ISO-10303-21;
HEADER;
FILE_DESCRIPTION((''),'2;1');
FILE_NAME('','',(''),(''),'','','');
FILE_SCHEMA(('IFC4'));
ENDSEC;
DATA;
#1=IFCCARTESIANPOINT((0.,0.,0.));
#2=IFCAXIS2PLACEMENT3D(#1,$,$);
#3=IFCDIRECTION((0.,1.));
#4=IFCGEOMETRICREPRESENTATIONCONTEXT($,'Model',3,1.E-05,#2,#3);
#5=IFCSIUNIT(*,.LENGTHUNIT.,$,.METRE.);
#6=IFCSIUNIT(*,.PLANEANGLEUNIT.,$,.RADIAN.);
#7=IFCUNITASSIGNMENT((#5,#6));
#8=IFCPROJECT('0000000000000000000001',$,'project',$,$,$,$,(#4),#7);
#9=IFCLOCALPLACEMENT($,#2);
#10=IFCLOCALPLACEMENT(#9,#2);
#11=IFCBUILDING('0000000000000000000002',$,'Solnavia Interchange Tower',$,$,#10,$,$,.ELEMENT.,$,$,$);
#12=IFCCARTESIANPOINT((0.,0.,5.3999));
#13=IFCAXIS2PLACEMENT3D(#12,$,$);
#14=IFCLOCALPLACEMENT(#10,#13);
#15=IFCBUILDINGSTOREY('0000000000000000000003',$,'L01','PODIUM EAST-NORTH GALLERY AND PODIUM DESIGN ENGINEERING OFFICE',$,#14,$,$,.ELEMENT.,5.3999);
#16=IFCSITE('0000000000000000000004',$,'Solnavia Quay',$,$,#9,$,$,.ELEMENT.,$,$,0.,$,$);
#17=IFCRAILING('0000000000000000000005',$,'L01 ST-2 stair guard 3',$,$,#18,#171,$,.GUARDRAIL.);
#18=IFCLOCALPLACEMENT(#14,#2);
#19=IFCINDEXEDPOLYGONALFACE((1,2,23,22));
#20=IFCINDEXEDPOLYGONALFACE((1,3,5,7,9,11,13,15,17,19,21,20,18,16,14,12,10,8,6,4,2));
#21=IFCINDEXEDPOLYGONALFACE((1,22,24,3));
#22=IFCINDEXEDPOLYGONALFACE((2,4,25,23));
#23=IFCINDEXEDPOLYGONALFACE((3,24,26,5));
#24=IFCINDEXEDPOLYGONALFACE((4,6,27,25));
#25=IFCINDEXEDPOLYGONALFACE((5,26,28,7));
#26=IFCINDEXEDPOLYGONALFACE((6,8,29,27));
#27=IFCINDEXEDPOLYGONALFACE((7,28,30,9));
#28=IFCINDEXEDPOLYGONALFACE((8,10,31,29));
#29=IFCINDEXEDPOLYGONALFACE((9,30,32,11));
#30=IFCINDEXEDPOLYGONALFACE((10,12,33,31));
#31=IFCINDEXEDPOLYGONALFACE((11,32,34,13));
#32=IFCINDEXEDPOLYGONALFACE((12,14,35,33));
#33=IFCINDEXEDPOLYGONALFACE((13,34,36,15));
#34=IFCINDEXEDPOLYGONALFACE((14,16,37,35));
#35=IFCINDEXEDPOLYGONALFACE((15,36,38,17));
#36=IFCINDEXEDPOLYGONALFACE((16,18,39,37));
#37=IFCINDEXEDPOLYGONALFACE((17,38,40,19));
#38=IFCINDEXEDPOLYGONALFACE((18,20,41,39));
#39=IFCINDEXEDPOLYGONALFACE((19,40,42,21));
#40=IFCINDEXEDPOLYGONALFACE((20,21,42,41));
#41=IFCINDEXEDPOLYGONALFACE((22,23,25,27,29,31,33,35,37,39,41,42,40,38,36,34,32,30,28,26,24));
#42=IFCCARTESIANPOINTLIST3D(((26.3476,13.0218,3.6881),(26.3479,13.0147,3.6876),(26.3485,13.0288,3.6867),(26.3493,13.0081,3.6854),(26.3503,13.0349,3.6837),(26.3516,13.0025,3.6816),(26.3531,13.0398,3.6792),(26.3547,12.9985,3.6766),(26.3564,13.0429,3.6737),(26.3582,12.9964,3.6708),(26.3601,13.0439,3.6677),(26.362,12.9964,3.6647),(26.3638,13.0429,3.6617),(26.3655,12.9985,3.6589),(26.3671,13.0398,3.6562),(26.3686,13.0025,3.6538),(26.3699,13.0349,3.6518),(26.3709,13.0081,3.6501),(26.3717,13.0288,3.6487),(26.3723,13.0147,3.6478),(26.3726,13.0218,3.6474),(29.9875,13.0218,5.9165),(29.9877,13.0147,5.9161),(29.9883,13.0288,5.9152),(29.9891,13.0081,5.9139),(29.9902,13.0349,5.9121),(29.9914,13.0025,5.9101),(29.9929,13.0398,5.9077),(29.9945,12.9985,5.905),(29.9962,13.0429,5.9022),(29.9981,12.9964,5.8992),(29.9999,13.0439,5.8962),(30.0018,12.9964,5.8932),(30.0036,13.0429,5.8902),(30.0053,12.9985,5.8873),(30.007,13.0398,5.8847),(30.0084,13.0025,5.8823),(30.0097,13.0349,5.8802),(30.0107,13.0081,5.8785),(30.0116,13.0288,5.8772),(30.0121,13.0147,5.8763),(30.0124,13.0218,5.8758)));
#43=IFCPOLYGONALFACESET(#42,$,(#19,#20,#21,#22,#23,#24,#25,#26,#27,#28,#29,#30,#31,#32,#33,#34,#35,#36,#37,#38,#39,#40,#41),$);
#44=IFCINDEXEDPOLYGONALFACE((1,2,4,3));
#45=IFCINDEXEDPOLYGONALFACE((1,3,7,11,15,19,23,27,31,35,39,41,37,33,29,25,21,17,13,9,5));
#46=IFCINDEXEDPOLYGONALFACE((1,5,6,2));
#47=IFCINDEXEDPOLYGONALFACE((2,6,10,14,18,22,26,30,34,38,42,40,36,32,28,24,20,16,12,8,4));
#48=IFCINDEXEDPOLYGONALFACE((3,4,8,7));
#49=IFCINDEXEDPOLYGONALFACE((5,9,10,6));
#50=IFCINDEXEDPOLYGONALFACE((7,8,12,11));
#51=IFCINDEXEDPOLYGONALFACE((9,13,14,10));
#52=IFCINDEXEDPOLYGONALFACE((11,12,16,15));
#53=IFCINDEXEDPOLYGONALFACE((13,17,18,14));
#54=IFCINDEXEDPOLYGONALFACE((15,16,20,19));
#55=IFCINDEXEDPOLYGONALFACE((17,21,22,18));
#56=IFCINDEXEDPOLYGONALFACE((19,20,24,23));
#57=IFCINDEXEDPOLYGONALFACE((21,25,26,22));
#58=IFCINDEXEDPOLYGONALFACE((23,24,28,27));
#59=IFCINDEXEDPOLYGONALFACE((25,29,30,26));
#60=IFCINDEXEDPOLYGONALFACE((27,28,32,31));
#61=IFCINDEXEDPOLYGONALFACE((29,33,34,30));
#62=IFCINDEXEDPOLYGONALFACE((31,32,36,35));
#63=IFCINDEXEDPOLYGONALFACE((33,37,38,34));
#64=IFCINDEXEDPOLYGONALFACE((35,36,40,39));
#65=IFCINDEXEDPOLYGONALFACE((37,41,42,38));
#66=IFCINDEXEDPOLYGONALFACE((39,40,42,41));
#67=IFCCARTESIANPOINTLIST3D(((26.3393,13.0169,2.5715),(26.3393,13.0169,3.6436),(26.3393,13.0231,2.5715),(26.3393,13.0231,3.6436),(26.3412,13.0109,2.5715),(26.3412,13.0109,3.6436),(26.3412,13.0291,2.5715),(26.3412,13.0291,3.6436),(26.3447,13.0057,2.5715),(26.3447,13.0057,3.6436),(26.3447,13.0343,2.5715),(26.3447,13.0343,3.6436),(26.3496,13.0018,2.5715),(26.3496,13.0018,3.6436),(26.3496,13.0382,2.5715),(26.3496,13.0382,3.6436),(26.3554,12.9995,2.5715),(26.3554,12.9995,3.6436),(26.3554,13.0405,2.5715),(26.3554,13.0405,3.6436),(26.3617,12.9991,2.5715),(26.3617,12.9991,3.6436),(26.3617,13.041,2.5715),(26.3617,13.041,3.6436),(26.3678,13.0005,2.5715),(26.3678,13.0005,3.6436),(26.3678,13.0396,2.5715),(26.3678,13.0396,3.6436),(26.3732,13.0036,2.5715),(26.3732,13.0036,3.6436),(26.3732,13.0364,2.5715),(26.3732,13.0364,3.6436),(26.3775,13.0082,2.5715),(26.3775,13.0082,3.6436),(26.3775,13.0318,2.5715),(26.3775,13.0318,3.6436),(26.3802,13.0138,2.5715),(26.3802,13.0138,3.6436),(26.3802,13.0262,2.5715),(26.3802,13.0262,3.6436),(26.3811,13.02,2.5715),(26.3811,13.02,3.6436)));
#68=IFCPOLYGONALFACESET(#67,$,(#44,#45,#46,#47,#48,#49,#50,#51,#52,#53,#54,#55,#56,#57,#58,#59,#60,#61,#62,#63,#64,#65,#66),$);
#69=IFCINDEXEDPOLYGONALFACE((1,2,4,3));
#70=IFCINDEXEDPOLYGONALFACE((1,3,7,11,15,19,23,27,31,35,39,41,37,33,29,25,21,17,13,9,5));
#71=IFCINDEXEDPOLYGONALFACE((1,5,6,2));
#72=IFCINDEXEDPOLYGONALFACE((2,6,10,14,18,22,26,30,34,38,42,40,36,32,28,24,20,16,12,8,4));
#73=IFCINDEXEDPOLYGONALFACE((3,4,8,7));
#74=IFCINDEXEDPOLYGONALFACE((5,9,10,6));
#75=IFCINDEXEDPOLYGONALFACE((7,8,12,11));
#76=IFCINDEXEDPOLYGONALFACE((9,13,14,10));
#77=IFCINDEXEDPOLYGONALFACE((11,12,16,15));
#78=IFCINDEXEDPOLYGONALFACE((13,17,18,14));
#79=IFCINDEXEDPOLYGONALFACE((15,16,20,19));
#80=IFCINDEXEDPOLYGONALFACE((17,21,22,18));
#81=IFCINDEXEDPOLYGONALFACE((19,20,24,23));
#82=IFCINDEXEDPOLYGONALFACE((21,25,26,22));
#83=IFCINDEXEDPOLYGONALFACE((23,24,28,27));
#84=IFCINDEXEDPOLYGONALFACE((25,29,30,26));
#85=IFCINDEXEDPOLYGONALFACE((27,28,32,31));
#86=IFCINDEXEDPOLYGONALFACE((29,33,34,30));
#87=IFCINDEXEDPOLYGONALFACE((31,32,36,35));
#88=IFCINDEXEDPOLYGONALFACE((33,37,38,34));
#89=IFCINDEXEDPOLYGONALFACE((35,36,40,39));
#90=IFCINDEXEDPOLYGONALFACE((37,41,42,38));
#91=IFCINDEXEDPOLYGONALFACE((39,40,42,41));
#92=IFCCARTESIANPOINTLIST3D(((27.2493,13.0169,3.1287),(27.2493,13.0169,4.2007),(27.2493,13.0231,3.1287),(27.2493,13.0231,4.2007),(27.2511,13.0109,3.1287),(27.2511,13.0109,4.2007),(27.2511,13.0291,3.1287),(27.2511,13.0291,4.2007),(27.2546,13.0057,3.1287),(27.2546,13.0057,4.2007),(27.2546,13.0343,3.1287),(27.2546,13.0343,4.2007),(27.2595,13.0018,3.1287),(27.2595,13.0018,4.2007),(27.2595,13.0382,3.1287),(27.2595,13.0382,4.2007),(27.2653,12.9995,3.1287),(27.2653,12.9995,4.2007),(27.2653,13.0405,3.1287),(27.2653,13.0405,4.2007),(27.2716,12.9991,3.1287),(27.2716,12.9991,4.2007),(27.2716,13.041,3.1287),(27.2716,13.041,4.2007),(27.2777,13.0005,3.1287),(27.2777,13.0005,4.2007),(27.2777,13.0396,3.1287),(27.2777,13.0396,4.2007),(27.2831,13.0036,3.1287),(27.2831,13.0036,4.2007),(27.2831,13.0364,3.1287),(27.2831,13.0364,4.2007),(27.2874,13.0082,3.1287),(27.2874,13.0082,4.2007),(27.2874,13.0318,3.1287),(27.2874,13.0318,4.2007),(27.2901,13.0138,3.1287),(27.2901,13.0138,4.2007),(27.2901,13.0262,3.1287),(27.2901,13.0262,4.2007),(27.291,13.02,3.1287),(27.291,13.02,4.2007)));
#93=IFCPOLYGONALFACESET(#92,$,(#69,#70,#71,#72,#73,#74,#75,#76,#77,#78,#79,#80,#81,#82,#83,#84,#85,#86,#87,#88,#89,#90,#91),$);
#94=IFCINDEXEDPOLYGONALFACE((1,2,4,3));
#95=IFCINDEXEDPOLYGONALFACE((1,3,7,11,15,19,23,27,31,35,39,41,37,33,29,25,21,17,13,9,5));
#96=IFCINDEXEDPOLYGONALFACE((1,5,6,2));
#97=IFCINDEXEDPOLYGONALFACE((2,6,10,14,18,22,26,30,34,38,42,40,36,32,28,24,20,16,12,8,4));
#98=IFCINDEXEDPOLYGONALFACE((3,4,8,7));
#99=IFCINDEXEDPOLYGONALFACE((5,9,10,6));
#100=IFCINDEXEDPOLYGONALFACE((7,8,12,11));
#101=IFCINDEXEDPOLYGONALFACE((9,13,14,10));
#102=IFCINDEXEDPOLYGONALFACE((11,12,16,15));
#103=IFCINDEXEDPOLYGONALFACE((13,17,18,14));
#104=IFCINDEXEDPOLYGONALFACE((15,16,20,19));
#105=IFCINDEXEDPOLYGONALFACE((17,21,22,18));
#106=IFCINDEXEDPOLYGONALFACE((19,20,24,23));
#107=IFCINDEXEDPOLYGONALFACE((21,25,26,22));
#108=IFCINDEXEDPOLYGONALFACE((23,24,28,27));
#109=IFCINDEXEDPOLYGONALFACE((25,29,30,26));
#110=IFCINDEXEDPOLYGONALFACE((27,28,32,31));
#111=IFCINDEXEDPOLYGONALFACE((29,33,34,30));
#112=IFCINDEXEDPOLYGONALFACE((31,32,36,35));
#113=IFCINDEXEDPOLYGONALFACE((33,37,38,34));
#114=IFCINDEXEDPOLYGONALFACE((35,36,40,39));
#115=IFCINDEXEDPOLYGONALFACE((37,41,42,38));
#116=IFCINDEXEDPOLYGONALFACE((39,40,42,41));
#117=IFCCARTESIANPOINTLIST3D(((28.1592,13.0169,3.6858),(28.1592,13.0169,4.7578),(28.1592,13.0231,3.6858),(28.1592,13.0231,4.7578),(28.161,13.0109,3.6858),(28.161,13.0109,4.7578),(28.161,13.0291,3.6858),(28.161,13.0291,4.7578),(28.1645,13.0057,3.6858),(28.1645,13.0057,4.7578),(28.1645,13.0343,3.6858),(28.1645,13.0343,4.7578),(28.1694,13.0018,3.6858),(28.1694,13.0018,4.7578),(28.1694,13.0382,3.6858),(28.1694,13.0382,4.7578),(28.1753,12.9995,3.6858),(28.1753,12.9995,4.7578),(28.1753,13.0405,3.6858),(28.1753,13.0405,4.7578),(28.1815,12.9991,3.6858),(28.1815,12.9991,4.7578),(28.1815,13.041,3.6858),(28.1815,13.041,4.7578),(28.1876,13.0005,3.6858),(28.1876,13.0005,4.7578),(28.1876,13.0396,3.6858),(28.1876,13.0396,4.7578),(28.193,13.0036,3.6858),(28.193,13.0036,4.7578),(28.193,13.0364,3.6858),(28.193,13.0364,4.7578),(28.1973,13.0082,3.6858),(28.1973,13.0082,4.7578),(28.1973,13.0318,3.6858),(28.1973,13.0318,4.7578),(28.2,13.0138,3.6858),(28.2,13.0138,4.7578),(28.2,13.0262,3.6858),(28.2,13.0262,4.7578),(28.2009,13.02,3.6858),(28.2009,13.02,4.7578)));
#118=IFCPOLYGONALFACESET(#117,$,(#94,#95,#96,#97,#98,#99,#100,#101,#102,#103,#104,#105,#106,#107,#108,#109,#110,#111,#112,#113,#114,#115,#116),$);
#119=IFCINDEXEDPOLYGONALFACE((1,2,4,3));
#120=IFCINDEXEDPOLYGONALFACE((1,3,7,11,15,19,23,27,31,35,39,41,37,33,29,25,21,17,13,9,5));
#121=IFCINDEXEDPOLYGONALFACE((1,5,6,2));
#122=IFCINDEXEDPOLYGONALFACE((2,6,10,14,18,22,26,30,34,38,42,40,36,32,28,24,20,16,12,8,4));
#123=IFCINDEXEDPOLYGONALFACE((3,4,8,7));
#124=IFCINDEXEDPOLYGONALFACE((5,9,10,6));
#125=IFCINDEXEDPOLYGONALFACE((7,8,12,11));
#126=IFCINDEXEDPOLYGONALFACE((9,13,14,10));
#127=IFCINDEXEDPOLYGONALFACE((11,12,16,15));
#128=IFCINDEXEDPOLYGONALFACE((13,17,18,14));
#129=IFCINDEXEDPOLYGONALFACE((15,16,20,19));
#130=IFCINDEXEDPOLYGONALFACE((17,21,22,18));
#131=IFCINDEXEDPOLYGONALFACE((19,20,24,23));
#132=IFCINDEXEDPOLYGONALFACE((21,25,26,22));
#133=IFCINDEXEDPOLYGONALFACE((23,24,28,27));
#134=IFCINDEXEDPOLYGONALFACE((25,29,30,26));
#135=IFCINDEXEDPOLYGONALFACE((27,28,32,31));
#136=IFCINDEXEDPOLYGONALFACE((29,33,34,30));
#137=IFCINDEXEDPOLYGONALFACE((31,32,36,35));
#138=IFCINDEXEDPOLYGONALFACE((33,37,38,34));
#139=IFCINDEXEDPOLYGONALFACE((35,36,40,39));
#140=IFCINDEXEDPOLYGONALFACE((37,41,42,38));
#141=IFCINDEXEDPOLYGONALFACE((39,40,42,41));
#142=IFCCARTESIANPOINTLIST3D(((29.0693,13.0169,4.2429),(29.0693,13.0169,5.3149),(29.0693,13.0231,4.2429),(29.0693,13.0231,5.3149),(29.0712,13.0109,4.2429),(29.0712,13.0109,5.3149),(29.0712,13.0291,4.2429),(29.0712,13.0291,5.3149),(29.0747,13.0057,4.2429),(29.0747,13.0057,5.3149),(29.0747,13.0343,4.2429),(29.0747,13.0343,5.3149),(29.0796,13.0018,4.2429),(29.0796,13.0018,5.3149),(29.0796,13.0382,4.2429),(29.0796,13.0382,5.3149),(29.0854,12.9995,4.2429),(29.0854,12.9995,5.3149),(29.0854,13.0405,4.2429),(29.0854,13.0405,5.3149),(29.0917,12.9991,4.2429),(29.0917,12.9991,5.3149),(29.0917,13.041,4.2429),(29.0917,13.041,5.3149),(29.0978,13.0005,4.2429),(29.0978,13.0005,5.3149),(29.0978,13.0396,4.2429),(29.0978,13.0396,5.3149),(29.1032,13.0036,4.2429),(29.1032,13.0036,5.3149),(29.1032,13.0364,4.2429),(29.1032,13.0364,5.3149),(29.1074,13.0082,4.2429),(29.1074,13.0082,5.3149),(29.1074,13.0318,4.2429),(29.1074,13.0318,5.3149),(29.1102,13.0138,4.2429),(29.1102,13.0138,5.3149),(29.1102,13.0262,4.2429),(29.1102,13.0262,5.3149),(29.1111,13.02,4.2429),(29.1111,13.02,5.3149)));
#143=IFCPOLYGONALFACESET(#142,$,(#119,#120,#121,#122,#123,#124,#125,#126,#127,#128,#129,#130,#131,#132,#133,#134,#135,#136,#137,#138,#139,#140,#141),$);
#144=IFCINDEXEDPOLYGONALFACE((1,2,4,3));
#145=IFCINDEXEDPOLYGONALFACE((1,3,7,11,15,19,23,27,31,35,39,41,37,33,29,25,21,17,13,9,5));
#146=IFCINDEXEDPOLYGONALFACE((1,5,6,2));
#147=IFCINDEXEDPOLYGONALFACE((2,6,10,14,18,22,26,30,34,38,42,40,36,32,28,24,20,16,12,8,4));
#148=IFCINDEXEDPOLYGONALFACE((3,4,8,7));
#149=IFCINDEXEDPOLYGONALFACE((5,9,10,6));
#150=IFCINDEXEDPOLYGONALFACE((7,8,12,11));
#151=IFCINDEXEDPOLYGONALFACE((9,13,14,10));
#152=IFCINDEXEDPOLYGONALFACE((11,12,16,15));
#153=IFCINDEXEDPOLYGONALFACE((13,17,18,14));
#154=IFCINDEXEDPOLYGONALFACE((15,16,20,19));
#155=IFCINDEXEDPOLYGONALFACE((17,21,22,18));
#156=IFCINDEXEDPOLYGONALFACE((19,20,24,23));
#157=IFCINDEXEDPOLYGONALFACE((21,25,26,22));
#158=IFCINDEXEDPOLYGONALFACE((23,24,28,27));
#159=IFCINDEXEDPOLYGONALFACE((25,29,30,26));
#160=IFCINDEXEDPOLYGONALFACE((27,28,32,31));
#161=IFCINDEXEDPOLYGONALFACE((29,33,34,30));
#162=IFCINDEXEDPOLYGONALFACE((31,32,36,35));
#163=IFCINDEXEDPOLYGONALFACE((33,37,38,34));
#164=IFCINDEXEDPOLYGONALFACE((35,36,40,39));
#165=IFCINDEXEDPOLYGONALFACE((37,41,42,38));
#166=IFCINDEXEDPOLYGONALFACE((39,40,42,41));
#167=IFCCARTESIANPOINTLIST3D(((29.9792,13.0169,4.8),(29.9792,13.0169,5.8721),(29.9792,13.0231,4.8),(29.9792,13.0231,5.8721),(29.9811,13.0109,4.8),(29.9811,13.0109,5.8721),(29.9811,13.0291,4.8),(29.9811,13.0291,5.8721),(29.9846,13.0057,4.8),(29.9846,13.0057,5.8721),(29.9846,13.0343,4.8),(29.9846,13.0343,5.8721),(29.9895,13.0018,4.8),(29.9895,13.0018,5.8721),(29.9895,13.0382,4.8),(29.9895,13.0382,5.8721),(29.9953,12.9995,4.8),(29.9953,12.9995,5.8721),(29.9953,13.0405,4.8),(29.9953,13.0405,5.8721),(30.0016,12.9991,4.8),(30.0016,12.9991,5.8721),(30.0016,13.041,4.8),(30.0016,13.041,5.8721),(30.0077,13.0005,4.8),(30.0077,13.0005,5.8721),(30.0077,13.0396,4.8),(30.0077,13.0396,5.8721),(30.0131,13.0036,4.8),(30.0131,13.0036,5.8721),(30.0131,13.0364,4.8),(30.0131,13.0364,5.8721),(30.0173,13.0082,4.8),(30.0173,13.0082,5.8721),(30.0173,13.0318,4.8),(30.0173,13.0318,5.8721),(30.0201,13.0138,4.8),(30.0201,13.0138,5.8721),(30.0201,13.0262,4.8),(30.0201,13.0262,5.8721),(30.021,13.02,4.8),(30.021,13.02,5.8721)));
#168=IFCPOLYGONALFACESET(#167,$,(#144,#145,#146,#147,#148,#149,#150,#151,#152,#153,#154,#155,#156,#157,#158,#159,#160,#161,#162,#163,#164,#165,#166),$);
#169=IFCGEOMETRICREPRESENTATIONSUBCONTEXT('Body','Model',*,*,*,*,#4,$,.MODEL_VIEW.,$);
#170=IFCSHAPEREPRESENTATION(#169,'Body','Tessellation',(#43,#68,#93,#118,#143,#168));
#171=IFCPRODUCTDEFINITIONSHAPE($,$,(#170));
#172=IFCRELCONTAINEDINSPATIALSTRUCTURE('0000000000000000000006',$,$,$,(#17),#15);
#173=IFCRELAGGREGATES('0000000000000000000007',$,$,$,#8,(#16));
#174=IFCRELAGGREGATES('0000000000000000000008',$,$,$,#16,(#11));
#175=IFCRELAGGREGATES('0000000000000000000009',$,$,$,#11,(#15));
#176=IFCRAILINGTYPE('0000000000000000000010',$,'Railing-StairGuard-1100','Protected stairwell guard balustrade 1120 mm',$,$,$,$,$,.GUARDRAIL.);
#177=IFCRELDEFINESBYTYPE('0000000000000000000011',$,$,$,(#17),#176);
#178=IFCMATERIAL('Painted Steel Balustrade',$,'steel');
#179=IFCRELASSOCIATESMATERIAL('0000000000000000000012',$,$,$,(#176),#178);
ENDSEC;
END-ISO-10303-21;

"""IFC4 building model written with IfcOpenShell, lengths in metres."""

from ifc_helpers import new_model, si_unit, direction, frame, origin, origin_2d, place, context, subcontext, project, spatial, circle, extrude, material, type_object, element, save


model = new_model("IFC4")

# Units and contexts
model_context = context("Model", 3, precision=1e-05, world=origin(), true_north=direction((0.0, 1.0)))
body_context = subcontext(model_context, "Body", "Model", "MODEL_VIEW")
ifc_project = project(units=[si_unit("LENGTHUNIT", "METRE"), si_unit("PLANEANGLEUNIT", "RADIAN")], contexts=[model_context])

# Site, building, storey
site_placement = place(None, origin())
site = spatial("IfcSite", under=ifc_project, at=site_placement, Name="Solnavia Quay", CompositionType="ELEMENT", RefElevation=0.0)
building_placement = place(site_placement, origin())
building = spatial("IfcBuilding", under=site, at=building_placement, Name="Solnavia Interchange Tower", CompositionType="ELEMENT")
storey_placement = place(building_placement, frame((0.0, 0.0, 5.3999)))
storey = spatial("IfcBuildingStorey", under=building, at=storey_placement, Name="L01", Description="PODIUM EAST-NORTH GALLERY AND PODIUM DESIGN ENGINEERING OFFICE", CompositionType="ELEMENT", Elevation=5.3999)

# Railing
ifc_material_1 = material(Name="Painted Steel Balustrade", Category="steel")
railing_type_1 = type_object("IfcRailingType", Name="Railing-StairGuard-1100", Description="Protected stairwell guard balustrade 1120 mm", PredefinedType="GUARDRAIL", material=ifc_material_1)
railing_1_placement = place(storey_placement, frame((26.3601, 13.02, 2.5715)))
element("IfcRailing", 1, at=railing_1_placement, inside=storey, type_object=railing_type_1, Name="L01 ST-2 stair guard 3", PredefinedType="GUARDRAIL", context=body_context, shape_type="SweptSolid", body=[
    extrude(circle(Radius=0.0239, at=origin_2d()), frame((0.0, 0.0, 1.0962), z_axis=(0.85285, 0.0, 0.522156), x_axis=(0.0, 1.0, 0.0)), (0.0, 0.0, 1.0), 4.2678),
    extrude(circle(Radius=0.021, at=origin_2d()), origin(), (0.0, 0.0, 1.0), 1.072),
    extrude(circle(Radius=0.021, at=origin_2d()), frame((0.9099, 0.0, 0.5571)), (0.0, 0.0, 1.0), 1.072),
    extrude(circle(Radius=0.021, at=origin_2d()), frame((1.8198, 0.0, 1.1143)), (0.0, 0.0, 1.0), 1.072),
    extrude(circle(Radius=0.021, at=origin_2d()), frame((2.73, 0.0, 1.6714)), (0.0, 0.0, 1.0), 1.072),
    extrude(circle(Radius=0.021, at=origin_2d()), frame((3.6399, 0.0, 2.2285)), (0.0, 0.0, 1.0), 1.072),
])

save(model, "model.ifc")
